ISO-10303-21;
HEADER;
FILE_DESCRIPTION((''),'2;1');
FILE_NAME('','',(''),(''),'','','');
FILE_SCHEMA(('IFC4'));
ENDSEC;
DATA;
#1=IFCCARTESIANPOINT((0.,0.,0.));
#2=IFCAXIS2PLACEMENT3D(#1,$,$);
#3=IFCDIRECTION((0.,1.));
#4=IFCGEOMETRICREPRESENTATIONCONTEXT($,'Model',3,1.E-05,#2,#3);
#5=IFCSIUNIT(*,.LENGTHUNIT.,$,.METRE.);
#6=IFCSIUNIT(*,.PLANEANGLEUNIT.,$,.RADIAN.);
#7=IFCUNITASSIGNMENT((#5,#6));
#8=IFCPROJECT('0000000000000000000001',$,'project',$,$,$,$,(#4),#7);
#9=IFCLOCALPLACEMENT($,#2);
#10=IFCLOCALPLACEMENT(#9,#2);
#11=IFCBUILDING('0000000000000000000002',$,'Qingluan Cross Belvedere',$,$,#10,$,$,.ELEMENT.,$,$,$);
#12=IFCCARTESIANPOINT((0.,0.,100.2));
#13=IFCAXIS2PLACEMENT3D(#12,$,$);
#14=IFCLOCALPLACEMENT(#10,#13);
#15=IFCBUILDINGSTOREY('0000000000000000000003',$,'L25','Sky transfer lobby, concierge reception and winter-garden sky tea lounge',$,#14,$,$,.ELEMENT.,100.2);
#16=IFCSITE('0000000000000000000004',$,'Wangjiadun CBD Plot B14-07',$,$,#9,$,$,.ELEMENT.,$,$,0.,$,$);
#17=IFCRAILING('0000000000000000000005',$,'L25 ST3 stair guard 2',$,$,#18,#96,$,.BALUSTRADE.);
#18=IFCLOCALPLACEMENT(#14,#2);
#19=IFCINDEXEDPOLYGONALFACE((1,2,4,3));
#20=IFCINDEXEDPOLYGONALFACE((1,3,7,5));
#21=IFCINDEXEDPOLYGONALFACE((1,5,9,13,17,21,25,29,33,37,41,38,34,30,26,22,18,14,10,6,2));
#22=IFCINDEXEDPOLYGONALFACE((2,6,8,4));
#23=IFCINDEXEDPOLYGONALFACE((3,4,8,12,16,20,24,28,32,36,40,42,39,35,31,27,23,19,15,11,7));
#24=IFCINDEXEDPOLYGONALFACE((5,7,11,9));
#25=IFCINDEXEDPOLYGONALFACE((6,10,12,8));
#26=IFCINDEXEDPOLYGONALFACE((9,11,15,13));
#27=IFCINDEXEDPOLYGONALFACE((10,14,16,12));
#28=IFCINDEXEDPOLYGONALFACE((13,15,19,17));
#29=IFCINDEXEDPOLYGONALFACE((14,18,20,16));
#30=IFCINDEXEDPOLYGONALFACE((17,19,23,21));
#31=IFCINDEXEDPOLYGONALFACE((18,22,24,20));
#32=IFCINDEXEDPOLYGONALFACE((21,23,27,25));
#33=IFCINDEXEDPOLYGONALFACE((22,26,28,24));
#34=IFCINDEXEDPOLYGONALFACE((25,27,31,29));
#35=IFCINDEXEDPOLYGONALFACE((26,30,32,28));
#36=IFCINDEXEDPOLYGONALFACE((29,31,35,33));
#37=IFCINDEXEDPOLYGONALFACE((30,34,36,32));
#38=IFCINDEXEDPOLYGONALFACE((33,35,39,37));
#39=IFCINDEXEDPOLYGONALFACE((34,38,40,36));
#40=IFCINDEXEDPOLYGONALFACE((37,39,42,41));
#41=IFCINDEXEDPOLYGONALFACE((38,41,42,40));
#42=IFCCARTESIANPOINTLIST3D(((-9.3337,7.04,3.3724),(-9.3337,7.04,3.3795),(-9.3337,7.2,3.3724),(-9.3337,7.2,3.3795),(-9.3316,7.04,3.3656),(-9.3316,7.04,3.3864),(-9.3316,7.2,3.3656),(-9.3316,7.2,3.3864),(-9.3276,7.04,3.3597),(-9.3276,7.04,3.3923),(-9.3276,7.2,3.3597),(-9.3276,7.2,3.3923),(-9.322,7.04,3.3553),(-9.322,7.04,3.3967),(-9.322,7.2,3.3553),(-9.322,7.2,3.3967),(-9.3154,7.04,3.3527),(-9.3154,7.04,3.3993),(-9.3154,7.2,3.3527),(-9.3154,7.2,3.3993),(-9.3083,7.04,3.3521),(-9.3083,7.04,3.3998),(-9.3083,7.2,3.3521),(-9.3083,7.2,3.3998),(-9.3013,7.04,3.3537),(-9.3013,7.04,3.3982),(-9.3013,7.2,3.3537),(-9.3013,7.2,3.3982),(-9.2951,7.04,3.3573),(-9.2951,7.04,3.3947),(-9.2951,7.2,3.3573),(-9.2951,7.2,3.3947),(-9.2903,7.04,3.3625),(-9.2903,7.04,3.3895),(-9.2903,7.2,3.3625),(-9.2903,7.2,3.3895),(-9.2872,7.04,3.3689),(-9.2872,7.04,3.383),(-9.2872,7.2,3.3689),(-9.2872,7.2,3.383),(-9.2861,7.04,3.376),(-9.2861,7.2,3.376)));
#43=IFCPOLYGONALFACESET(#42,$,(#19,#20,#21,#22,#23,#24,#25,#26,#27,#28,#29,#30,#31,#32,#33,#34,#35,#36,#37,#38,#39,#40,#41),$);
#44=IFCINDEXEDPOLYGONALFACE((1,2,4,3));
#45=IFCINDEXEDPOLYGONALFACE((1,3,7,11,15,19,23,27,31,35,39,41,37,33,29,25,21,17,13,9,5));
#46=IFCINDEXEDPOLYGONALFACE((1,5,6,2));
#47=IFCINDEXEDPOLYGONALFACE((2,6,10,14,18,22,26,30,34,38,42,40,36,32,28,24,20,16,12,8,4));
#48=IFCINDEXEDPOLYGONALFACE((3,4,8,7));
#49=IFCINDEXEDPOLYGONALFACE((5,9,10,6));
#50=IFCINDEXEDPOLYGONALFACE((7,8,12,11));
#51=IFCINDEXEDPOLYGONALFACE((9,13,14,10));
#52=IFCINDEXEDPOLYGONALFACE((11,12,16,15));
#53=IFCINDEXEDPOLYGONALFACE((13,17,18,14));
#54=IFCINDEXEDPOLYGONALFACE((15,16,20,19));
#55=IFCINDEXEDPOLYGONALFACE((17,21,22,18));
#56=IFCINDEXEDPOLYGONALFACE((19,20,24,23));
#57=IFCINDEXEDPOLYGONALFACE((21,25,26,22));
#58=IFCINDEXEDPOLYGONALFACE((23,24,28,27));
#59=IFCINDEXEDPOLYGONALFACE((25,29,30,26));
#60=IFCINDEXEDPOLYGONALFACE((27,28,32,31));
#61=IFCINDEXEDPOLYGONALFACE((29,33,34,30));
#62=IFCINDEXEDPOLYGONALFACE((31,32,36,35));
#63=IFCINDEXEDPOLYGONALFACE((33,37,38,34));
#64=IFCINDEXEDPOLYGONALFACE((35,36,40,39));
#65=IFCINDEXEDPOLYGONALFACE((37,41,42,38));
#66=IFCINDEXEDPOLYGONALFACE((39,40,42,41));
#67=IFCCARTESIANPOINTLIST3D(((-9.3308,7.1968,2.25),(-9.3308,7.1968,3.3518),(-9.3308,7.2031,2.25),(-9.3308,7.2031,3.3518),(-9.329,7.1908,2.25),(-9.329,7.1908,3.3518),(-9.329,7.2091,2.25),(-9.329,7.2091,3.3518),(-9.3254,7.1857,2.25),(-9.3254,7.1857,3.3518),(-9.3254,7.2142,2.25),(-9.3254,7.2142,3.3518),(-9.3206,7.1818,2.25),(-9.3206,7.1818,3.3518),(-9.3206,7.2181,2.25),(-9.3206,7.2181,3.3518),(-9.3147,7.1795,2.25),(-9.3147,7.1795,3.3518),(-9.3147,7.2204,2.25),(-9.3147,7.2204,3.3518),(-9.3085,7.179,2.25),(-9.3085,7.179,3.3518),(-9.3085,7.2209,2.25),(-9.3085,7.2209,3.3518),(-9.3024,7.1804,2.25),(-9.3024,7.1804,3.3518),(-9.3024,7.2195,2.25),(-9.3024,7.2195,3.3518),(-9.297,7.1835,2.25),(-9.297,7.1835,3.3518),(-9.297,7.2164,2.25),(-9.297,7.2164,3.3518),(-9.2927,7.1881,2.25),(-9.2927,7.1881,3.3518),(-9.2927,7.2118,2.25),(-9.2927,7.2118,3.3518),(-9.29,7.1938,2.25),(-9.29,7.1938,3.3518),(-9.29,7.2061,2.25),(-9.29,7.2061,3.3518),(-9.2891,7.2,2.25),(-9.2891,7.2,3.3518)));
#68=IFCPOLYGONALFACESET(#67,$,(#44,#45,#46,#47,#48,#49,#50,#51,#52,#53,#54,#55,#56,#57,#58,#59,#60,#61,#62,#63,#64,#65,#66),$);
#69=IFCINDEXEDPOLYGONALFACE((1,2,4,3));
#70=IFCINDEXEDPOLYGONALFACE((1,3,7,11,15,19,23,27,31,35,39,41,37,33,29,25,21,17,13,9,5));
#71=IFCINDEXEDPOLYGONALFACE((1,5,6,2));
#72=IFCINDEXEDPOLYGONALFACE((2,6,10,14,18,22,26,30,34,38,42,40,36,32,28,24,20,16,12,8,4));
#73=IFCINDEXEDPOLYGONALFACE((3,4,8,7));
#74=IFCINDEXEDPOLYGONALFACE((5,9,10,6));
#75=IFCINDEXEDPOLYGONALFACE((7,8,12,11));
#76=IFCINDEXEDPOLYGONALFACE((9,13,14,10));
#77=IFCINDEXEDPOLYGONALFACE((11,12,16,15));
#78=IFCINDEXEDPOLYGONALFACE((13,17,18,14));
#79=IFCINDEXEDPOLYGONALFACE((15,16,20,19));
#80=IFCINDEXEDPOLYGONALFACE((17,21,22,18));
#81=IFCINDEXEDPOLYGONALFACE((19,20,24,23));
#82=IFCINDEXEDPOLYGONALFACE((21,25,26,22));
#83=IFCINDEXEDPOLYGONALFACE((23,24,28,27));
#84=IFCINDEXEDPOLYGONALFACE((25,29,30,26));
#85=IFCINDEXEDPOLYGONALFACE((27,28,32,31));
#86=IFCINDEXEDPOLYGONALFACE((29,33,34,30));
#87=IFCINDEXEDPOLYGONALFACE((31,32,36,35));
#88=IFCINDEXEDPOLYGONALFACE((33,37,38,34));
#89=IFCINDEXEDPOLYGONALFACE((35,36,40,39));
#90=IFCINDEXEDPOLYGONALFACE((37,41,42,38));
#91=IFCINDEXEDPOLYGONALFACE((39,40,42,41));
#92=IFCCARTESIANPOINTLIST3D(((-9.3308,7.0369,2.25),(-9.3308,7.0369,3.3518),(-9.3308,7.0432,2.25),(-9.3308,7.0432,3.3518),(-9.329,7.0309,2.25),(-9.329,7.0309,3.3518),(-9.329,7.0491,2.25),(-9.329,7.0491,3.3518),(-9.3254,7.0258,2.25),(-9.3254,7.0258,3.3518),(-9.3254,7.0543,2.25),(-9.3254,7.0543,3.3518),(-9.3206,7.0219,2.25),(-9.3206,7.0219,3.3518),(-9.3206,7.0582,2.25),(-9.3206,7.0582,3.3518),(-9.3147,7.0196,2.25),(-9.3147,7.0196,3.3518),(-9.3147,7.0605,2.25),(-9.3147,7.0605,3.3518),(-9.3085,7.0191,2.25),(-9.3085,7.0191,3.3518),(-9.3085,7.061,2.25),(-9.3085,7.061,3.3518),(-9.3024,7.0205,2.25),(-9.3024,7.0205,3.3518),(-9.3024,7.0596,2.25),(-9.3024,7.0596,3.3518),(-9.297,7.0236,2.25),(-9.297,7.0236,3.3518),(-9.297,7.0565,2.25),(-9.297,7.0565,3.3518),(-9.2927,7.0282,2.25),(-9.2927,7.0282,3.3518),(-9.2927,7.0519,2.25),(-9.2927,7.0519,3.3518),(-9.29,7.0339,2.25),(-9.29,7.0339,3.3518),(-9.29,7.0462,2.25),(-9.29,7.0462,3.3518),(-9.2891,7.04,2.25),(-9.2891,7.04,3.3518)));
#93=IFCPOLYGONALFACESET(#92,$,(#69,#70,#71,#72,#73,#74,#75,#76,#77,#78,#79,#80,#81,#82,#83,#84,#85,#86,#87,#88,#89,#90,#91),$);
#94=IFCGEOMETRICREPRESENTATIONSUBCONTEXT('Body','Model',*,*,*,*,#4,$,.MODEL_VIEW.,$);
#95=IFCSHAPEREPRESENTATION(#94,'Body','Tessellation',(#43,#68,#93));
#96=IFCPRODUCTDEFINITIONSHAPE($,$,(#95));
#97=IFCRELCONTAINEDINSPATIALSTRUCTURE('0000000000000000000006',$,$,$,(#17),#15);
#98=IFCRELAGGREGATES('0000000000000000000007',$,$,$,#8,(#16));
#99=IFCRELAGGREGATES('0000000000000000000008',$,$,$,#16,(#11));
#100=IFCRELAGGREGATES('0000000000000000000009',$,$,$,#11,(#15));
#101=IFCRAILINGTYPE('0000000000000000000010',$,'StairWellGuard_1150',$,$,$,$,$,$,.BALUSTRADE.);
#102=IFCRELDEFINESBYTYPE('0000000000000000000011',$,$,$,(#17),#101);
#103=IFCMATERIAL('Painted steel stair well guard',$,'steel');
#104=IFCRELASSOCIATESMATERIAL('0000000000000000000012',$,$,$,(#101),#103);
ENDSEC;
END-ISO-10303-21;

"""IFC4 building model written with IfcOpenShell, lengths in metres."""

from ifc_helpers import new_model, si_unit, direction, frame, origin, origin_2d, place, context, subcontext, project, spatial, circle, extrude, material, type_object, element, save


model = new_model("IFC4")

# Units and contexts
model_context = context("Model", 3, precision=1e-05, world=origin(), true_north=direction((0.0, 1.0)))
body_context = subcontext(model_context, "Body", "Model", "MODEL_VIEW")
ifc_project = project(units=[si_unit("LENGTHUNIT", "METRE"), si_unit("PLANEANGLEUNIT", "RADIAN")], contexts=[model_context])

# Site, building, storey
site_placement = place(None, origin())
site = spatial("IfcSite", under=ifc_project, at=site_placement, Name="Wangjiadun CBD Plot B14-07", CompositionType="ELEMENT", RefElevation=0.0)
building_placement = place(site_placement, origin())
building = spatial("IfcBuilding", under=site, at=building_placement, Name="Qingluan Cross Belvedere", CompositionType="ELEMENT")
storey_placement = place(building_placement, frame((0.0, 0.0, 100.2)))
storey = spatial("IfcBuildingStorey", under=building, at=storey_placement, Name="L25", Description="Sky transfer lobby, concierge reception and winter-garden sky tea lounge", CompositionType="ELEMENT", Elevation=100.2)

# Railing
ifc_material_1 = material(Name="Painted steel stair well guard", Category="steel")
railing_type_1 = type_object("IfcRailingType", Name="StairWellGuard_1150", PredefinedType="BALUSTRADE", material=ifc_material_1)
railing_1_placement = place(storey_placement, frame((-9.3101, 7.2, 2.25)))
element("IfcRailing", 1, at=railing_1_placement, inside=storey, type_object=railing_type_1, Name="L25 ST3 stair guard 2", PredefinedType="BALUSTRADE", context=body_context, shape_type="SweptSolid", body=[
    extrude(circle(Radius=0.0239, at=origin_2d()), frame((0.0, 0.0, 1.126), z_axis=(0.0, -1.0, 0.0), x_axis=(1.0, 0.0, 0.0)), (0.0, 0.0, 1.0), 0.1599),
    extrude(circle(Radius=0.021, at=origin_2d()), origin(), (0.0, 0.0, 1.0), 1.1018),
    extrude(circle(Radius=0.021, at=origin_2d()), frame((0.0, -0.1599, 0.0)), (0.0, 0.0, 1.0), 1.1018),
])

save(model, "model.ifc")
